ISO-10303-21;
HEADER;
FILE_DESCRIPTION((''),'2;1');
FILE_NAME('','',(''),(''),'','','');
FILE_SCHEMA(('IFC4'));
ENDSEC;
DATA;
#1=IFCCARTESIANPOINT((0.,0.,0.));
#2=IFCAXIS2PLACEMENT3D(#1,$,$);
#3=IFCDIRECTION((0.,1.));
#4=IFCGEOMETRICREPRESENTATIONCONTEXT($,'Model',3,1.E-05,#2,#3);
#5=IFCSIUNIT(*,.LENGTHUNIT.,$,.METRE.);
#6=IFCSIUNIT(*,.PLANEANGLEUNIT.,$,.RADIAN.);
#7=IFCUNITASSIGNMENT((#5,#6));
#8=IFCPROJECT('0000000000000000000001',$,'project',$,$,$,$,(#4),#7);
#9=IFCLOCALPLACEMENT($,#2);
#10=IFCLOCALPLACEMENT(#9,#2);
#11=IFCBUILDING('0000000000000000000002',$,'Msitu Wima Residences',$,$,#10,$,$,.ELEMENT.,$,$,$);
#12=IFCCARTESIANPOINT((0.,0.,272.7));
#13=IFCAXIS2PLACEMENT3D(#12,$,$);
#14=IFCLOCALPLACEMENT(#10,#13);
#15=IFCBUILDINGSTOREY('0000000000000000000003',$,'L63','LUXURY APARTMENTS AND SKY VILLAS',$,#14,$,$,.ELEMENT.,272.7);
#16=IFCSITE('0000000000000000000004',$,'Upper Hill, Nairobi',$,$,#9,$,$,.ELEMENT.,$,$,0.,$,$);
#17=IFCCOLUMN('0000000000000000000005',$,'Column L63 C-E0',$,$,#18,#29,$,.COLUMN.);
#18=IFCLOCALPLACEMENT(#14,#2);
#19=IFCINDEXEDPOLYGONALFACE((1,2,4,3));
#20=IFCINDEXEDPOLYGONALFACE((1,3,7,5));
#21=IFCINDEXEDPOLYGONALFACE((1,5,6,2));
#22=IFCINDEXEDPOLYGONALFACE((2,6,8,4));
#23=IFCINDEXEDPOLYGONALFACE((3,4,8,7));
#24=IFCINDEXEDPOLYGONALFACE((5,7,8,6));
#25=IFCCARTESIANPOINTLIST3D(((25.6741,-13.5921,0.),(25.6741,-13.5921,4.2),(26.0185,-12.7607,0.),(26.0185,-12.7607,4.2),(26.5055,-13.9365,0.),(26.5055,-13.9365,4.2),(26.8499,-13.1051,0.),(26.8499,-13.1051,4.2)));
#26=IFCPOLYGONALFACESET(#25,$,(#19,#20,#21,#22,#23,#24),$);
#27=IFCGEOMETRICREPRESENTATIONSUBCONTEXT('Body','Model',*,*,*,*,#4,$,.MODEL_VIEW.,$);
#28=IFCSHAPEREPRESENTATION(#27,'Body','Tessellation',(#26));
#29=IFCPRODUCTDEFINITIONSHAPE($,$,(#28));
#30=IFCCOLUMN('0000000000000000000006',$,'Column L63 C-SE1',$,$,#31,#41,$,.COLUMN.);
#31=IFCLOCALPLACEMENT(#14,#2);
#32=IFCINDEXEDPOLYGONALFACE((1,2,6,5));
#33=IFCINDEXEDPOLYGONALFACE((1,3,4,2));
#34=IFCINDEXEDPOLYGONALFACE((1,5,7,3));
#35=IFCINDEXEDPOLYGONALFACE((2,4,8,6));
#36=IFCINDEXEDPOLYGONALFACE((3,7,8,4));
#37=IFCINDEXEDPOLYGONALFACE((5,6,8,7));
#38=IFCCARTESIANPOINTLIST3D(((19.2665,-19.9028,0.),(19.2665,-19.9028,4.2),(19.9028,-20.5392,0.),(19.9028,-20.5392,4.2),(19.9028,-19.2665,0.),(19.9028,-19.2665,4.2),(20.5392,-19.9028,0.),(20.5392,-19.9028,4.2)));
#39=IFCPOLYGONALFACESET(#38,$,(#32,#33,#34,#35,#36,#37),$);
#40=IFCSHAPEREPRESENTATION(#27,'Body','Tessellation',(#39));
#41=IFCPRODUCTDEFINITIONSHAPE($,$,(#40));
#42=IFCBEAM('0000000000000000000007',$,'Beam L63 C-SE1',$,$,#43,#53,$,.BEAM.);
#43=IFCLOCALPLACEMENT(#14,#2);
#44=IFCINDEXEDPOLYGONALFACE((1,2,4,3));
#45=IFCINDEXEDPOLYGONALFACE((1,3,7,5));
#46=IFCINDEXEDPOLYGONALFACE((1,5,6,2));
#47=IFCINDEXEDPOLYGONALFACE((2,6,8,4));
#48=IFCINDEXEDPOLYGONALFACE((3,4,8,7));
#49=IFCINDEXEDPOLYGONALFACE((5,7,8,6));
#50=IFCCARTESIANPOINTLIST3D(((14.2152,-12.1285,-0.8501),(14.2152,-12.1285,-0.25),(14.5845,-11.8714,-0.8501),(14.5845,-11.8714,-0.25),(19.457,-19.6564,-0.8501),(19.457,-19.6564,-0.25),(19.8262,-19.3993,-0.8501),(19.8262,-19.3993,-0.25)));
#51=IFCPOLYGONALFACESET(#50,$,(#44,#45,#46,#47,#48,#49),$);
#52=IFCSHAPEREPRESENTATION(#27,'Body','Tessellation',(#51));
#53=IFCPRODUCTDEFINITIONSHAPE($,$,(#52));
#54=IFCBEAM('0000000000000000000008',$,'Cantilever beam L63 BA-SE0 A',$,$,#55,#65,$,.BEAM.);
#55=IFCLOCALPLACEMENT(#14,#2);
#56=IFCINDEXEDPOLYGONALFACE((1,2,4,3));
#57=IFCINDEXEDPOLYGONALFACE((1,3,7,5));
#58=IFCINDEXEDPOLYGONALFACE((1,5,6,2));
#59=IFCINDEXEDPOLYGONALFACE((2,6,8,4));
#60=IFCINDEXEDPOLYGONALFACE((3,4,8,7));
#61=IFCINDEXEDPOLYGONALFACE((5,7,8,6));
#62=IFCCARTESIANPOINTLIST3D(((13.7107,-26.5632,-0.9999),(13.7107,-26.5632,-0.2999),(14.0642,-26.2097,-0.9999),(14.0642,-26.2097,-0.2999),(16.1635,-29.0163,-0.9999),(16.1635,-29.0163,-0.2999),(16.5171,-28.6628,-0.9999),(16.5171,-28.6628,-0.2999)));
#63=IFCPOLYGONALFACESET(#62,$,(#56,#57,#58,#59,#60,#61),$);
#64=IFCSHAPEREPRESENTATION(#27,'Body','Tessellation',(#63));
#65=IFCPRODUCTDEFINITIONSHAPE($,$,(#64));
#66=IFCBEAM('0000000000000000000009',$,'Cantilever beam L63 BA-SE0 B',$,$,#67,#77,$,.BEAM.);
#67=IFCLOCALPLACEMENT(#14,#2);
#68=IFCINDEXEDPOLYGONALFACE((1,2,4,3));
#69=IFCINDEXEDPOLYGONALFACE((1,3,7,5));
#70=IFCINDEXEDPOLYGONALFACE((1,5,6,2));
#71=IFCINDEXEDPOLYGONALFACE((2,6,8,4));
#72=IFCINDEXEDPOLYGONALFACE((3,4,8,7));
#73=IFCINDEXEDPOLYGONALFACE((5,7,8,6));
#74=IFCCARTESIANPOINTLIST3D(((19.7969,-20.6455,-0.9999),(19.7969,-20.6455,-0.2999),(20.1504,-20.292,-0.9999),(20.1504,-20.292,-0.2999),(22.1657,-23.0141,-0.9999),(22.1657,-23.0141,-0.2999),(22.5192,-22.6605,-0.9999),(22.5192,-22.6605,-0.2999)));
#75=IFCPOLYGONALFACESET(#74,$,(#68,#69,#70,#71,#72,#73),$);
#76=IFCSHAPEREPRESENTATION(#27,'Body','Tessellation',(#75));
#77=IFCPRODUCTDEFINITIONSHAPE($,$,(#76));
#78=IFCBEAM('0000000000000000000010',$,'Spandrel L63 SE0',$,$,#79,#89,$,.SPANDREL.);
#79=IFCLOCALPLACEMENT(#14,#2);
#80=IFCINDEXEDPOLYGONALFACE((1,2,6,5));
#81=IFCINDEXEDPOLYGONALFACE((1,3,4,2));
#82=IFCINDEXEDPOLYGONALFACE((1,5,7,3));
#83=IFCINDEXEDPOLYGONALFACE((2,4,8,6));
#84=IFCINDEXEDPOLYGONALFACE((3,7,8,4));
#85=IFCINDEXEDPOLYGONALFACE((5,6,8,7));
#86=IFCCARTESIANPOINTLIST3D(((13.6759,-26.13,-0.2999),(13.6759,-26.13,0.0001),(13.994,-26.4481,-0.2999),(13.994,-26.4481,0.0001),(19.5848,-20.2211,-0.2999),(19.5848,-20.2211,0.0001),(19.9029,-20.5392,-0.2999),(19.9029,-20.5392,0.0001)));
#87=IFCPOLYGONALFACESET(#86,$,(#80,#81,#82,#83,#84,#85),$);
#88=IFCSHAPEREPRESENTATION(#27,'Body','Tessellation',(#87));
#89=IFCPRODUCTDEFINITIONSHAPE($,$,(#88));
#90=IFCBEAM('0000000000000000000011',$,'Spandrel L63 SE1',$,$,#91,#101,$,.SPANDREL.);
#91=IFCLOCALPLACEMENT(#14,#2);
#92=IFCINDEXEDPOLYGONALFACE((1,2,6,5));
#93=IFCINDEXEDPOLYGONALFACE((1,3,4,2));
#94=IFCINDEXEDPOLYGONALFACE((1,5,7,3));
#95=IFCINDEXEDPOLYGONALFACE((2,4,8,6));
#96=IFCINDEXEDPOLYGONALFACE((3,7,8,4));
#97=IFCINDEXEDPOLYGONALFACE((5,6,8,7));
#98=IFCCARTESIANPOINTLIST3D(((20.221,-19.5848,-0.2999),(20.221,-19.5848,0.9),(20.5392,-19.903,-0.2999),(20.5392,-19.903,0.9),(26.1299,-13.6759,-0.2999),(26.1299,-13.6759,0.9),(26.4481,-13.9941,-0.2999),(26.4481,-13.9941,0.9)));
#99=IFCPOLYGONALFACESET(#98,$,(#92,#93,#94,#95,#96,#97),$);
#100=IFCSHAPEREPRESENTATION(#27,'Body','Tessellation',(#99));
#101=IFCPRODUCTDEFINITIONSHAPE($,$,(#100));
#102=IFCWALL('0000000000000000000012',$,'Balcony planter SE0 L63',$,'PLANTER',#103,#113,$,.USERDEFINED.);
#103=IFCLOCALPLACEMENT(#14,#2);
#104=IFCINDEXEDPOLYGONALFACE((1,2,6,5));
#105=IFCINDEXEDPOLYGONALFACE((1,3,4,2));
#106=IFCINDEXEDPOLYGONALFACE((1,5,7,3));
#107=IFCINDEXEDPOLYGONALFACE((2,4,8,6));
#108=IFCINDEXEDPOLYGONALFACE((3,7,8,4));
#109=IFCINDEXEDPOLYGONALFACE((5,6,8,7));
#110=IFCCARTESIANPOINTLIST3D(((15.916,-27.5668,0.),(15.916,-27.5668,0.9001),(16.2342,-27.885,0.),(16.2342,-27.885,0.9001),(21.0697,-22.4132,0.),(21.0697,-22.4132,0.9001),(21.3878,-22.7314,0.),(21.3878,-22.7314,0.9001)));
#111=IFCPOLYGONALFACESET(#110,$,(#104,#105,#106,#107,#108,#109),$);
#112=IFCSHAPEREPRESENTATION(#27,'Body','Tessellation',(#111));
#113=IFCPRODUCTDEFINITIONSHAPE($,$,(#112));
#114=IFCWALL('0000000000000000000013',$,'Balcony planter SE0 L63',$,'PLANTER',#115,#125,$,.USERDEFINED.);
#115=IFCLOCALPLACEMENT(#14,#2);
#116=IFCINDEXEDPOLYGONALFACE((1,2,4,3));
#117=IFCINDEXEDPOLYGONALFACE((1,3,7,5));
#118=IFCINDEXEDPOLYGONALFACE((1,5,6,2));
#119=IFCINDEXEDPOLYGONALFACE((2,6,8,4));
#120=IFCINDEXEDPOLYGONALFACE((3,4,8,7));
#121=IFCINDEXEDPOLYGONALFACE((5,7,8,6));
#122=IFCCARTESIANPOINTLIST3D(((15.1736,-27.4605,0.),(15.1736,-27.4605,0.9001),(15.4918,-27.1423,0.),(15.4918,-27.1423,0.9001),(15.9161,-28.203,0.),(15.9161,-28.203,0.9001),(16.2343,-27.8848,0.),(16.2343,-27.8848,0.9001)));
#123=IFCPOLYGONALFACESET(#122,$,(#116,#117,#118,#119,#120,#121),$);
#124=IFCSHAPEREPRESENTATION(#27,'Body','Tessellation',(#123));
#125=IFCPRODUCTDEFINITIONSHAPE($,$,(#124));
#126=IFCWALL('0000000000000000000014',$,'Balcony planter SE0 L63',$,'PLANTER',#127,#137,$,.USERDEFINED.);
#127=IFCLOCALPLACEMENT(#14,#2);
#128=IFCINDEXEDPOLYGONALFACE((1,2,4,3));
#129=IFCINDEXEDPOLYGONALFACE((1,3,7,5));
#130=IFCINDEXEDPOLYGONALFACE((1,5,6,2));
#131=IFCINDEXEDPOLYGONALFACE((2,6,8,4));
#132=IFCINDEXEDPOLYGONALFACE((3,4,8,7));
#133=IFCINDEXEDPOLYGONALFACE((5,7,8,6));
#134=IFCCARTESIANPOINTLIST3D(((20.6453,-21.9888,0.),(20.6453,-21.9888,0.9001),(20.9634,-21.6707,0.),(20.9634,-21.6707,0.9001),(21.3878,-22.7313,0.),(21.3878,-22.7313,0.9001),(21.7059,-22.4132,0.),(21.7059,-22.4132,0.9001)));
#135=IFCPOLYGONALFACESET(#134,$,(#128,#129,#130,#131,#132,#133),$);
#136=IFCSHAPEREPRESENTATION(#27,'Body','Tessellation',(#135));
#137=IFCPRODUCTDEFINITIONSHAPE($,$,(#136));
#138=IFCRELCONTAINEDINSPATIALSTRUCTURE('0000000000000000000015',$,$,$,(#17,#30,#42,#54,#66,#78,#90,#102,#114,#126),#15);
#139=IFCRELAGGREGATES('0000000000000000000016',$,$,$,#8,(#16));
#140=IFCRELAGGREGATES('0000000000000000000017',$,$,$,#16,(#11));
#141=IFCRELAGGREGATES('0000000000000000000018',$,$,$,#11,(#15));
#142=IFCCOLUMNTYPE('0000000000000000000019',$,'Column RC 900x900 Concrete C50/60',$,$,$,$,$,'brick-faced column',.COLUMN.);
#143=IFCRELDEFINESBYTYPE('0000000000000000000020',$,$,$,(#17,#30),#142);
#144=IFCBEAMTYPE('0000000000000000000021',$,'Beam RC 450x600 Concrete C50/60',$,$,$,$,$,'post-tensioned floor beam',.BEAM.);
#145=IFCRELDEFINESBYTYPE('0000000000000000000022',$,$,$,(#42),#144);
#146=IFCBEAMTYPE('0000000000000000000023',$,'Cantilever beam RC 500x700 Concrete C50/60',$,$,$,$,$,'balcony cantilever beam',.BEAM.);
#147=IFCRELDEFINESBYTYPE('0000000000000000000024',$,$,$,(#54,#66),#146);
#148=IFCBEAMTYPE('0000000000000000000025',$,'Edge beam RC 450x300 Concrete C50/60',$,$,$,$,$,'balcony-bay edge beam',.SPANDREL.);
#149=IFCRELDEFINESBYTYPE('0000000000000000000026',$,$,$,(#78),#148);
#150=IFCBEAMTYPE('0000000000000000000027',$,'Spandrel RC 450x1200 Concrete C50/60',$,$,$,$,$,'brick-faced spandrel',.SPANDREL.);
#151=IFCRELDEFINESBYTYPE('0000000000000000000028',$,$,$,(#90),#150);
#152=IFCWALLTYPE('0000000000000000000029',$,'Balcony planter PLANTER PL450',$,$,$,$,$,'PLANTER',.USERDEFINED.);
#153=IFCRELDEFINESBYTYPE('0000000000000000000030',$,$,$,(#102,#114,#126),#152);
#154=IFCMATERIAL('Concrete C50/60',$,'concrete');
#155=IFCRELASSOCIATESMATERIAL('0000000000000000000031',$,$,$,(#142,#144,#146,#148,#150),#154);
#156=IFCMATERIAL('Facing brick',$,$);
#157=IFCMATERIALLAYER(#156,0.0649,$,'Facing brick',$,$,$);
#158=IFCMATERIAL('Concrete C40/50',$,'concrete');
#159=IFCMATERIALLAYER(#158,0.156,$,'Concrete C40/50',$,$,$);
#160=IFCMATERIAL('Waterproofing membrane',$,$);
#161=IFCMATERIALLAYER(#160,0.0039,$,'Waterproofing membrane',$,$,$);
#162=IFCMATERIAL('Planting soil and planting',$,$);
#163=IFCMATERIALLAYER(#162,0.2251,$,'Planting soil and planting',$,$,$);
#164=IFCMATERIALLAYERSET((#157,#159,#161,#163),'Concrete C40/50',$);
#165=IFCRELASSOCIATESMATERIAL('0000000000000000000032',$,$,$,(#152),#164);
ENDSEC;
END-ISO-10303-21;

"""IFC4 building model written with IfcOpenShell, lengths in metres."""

from ifc_helpers import new_model, si_unit, direction, frame, frame_2d, origin, origin_2d, place, context, subcontext, project, spatial, rectangle, extrude, material, layer, layer_set, material_profile, profile_set, type_object, element, save


model = new_model("IFC4")

# Units and contexts
model_context = context("Model", 3, precision=1e-05, world=origin(), true_north=direction((0.0, 1.0)))
body_context = subcontext(model_context, "Body", "Model", "MODEL_VIEW")
ifc_project = project(units=[si_unit("LENGTHUNIT", "METRE"), si_unit("PLANEANGLEUNIT", "RADIAN")], contexts=[model_context])

# Site, building, storey
site_placement = place(None, origin())
site = spatial("IfcSite", under=ifc_project, at=site_placement, Name="Upper Hill, Nairobi", CompositionType="ELEMENT", RefElevation=0.0)
building_placement = place(site_placement, origin())
building = spatial("IfcBuilding", under=site, at=building_placement, Name="Msitu Wima Residences", CompositionType="ELEMENT")
storey_placement = place(building_placement, frame((0.0, 0.0, 272.7)))
storey = spatial("IfcBuildingStorey", under=building, at=storey_placement, Name="L63", Description="LUXURY APARTMENTS AND SKY VILLAS", CompositionType="ELEMENT", Elevation=272.7)

# Columns
ifc_material_1 = material(Name="Concrete C50/60", Category="concrete")
ifc_material_profile_1 = material_profile(ifc_material_1, rectangle(XDim=0.8999, YDim=0.8999, at=origin_2d()), Name="RC 900x900")
ifc_profile_set_1 = profile_set([ifc_material_profile_1], Name="Concrete C50/60")
column_type = type_object("IfcColumnType", Name="Column RC 900x900 Concrete C50/60", ElementType="brick-faced column", PredefinedType="COLUMN", material=ifc_profile_set_1)
for number, where, z_axis, x_axis, name in (
    (1, (26.262, -13.3486, 0.0), (0.0, 0.0, 1.0), (0.382683, 0.92388, 0.0), "Column L63 C-E0"),
    (2, (19.9028, -19.9028, 0.0), (0.0, 0.0, 1.0), (0.707107, 0.707107, 0.0), "Column L63 C-SE1"),
):
    element("IfcColumn", number, at=place(storey_placement, frame(where, z_axis=z_axis, x_axis=x_axis)), inside=storey, type_object=column_type, Name=name, PredefinedType="COLUMN", context=body_context, shape_type="SweptSolid", body=[
        extrude(rectangle(XDim=0.8999, YDim=0.8999, at=origin_2d()), origin(), (0.0, 0.0, 1.0), 4.2),
    ])

# Beams
ifc_material_profile_2 = material_profile(ifc_material_1, rectangle(XDim=0.45, YDim=0.6001, at=origin_2d()), Name="RC 450x600")
ifc_profile_set_2 = profile_set([ifc_material_profile_2], Name="Concrete C50/60")
beam_type_1 = type_object("IfcBeamType", Name="Beam RC 450x600 Concrete C50/60", ElementType="post-tensioned floor beam", PredefinedType="BEAM", material=ifc_profile_set_2)
beam_1_placement = place(storey_placement, frame((19.6416, -19.5278, -0.55), z_axis=(-0.571428, 0.820652, 0.0), x_axis=(-0.820652, -0.571428, 0.0)))
element("IfcBeam", 3, at=beam_1_placement, inside=storey, type_object=beam_type_1, Name="Beam L63 C-SE1", PredefinedType="BEAM", context=body_context, shape_type="SweptSolid", body=[
    extrude(rectangle(XDim=0.45, YDim=0.6001, at=origin_2d()), origin(), (0.0, 0.0, 1.0), 9.1731),
])
ifc_material_profile_3 = material_profile(ifc_material_1, rectangle(XDim=0.5, YDim=0.7, at=origin_2d()), Name="RC 500x700")
ifc_profile_set_3 = profile_set([ifc_material_profile_3], Name="Concrete C50/60")
beam_type_2 = type_object("IfcBeamType", Name="Cantilever beam RC 500x700 Concrete C50/60", ElementType="balcony cantilever beam", PredefinedType="BEAM", material=ifc_profile_set_3)
beam_2_placement = place(storey_placement, frame((13.8875, -26.3865, -0.6499), z_axis=(0.707072, -0.707142, 0.0), x_axis=(0.707142, 0.707072, 0.0)))
element("IfcBeam", 4, at=beam_2_placement, inside=storey, type_object=beam_type_2, Name="Cantilever beam L63 BA-SE0 A", PredefinedType="BEAM", context=body_context, shape_type="SweptSolid", body=[
    extrude(rectangle(XDim=0.5, YDim=0.7, at=origin_2d()), origin(), (0.0, 0.0, 1.0), 3.469),
])
beam_3_placement = place(storey_placement, frame((19.9736, -20.4688, -0.6499), z_axis=(0.707143, -0.70707, 0.0), x_axis=(0.70707, 0.707143, 0.0)))
element("IfcBeam", 5, at=beam_3_placement, inside=storey, type_object=beam_type_2, Name="Cantilever beam L63 BA-SE0 B", PredefinedType="BEAM", context=body_context, shape_type="SweptSolid", body=[
    extrude(rectangle(XDim=0.5, YDim=0.7, at=origin_2d()), origin(), (0.0, 0.0, 1.0), 3.3499),
])
ifc_material_profile_4 = material_profile(ifc_material_1, rectangle(XDim=0.45, YDim=0.3, at=origin_2d()), Name="RC 450x300")
ifc_profile_set_4 = profile_set([ifc_material_profile_4], Name="Concrete C50/60")
beam_type_3 = type_object("IfcBeamType", Name="Edge beam RC 450x300 Concrete C50/60", ElementType="balcony-bay edge beam", PredefinedType="SPANDREL", material=ifc_profile_set_4)
beam_4_placement = place(storey_placement, frame((13.835, -26.2891, -0.1499), z_axis=(0.707107, 0.707107, 0.0), x_axis=(-0.707107, 0.707107, 0.0)))
element("IfcBeam", 6, at=beam_4_placement, inside=storey, type_object=beam_type_3, Name="Spandrel L63 SE0", PredefinedType="SPANDREL", context=body_context, shape_type="SweptSolid", body=[
    extrude(rectangle(XDim=0.45, YDim=0.3, at=origin_2d()), origin(), (0.0, 0.0, 1.0), 8.3564),
])
ifc_material_profile_5 = material_profile(ifc_material_1, rectangle(XDim=0.45, YDim=1.2, at=origin_2d()), Name="RC 450x1200")
ifc_profile_set_5 = profile_set([ifc_material_profile_5], Name="Concrete C50/60")
beam_type_4 = type_object("IfcBeamType", Name="Spandrel RC 450x1200 Concrete C50/60", ElementType="brick-faced spandrel", PredefinedType="SPANDREL", material=ifc_profile_set_5)
beam_5_placement = place(storey_placement, frame((20.3801, -19.7439, 0.3), z_axis=(0.707107, 0.707107, 0.0), x_axis=(-0.707107, 0.707107, 0.0)))
element("IfcBeam", 7, at=beam_5_placement, inside=storey, type_object=beam_type_4, Name="Spandrel L63 SE1", PredefinedType="SPANDREL", context=body_context, shape_type="SweptSolid", body=[
    extrude(rectangle(XDim=0.45, YDim=1.2, at=origin_2d()), origin(), (0.0, 0.0, 1.0), 8.3564),
])

# Walls
ifc_material_2 = material(Name="Facing brick")
ifc_layer_1 = layer(ifc_material_2, 0.0649, Name="Facing brick")
ifc_material_3 = material(Name="Concrete C40/50", Category="concrete")
ifc_layer_2 = layer(ifc_material_3, 0.156, Name="Concrete C40/50")
ifc_material_4 = material(Name="Waterproofing membrane")
ifc_layer_3 = layer(ifc_material_4, 0.0039, Name="Waterproofing membrane")
ifc_material_5 = material(Name="Planting soil and planting")
ifc_layer_4 = layer(ifc_material_5, 0.2251, Name="Planting soil and planting")
ifc_layer_set_1 = layer_set([ifc_layer_1, ifc_layer_2, ifc_layer_3, ifc_layer_4], Name="Concrete C40/50")
wall_type_1 = type_object("IfcWallType", Name="Balcony planter PLANTER PL450", ElementType="PLANTER", PredefinedType="USERDEFINED", material=ifc_layer_set_1)
wall_1_placement = place(storey_placement, frame((16.0752, -27.7258, 0.0), z_axis=(0.0, 0.0, 1.0), x_axis=(0.707107, 0.707107, 0.0)))
element("IfcWall", 8, at=wall_1_placement, inside=storey, type_object=wall_type_1, Name="Balcony planter SE0 L63", ObjectType="PLANTER", PredefinedType="USERDEFINED", context=body_context, shape_type="SweptSolid", body=[
    extrude(rectangle(XDim=7.2883, YDim=0.45, at=frame_2d((3.644, 0.0))), origin(), (0.0, 0.0, 1.0), 0.9001),
])
for number, where, z_axis, x_axis, name in (
    (9, (15.3328, -27.3015, 0.0), (0.0, 0.0, 1.0), (0.707107, -0.707107, 0.0), "Balcony planter SE0 L63"),
    (10, (20.8044, -21.8298, 0.0), (0.0, 0.0, 1.0), (0.707107, -0.707107, 0.0), "Balcony planter SE0 L63"),
):
    element("IfcWall", number, at=place(storey_placement, frame(where, z_axis=z_axis, x_axis=x_axis)), inside=storey, type_object=wall_type_1, Name=name, ObjectType="PLANTER", PredefinedType="USERDEFINED", context=body_context, shape_type="SweptSolid", body=[
        extrude(rectangle(XDim=1.05, YDim=0.45, at=frame_2d((0.5249, 0.0))), origin(), (0.0, 0.0, 1.0), 0.9001),
    ])

save(model, "model.ifc")
